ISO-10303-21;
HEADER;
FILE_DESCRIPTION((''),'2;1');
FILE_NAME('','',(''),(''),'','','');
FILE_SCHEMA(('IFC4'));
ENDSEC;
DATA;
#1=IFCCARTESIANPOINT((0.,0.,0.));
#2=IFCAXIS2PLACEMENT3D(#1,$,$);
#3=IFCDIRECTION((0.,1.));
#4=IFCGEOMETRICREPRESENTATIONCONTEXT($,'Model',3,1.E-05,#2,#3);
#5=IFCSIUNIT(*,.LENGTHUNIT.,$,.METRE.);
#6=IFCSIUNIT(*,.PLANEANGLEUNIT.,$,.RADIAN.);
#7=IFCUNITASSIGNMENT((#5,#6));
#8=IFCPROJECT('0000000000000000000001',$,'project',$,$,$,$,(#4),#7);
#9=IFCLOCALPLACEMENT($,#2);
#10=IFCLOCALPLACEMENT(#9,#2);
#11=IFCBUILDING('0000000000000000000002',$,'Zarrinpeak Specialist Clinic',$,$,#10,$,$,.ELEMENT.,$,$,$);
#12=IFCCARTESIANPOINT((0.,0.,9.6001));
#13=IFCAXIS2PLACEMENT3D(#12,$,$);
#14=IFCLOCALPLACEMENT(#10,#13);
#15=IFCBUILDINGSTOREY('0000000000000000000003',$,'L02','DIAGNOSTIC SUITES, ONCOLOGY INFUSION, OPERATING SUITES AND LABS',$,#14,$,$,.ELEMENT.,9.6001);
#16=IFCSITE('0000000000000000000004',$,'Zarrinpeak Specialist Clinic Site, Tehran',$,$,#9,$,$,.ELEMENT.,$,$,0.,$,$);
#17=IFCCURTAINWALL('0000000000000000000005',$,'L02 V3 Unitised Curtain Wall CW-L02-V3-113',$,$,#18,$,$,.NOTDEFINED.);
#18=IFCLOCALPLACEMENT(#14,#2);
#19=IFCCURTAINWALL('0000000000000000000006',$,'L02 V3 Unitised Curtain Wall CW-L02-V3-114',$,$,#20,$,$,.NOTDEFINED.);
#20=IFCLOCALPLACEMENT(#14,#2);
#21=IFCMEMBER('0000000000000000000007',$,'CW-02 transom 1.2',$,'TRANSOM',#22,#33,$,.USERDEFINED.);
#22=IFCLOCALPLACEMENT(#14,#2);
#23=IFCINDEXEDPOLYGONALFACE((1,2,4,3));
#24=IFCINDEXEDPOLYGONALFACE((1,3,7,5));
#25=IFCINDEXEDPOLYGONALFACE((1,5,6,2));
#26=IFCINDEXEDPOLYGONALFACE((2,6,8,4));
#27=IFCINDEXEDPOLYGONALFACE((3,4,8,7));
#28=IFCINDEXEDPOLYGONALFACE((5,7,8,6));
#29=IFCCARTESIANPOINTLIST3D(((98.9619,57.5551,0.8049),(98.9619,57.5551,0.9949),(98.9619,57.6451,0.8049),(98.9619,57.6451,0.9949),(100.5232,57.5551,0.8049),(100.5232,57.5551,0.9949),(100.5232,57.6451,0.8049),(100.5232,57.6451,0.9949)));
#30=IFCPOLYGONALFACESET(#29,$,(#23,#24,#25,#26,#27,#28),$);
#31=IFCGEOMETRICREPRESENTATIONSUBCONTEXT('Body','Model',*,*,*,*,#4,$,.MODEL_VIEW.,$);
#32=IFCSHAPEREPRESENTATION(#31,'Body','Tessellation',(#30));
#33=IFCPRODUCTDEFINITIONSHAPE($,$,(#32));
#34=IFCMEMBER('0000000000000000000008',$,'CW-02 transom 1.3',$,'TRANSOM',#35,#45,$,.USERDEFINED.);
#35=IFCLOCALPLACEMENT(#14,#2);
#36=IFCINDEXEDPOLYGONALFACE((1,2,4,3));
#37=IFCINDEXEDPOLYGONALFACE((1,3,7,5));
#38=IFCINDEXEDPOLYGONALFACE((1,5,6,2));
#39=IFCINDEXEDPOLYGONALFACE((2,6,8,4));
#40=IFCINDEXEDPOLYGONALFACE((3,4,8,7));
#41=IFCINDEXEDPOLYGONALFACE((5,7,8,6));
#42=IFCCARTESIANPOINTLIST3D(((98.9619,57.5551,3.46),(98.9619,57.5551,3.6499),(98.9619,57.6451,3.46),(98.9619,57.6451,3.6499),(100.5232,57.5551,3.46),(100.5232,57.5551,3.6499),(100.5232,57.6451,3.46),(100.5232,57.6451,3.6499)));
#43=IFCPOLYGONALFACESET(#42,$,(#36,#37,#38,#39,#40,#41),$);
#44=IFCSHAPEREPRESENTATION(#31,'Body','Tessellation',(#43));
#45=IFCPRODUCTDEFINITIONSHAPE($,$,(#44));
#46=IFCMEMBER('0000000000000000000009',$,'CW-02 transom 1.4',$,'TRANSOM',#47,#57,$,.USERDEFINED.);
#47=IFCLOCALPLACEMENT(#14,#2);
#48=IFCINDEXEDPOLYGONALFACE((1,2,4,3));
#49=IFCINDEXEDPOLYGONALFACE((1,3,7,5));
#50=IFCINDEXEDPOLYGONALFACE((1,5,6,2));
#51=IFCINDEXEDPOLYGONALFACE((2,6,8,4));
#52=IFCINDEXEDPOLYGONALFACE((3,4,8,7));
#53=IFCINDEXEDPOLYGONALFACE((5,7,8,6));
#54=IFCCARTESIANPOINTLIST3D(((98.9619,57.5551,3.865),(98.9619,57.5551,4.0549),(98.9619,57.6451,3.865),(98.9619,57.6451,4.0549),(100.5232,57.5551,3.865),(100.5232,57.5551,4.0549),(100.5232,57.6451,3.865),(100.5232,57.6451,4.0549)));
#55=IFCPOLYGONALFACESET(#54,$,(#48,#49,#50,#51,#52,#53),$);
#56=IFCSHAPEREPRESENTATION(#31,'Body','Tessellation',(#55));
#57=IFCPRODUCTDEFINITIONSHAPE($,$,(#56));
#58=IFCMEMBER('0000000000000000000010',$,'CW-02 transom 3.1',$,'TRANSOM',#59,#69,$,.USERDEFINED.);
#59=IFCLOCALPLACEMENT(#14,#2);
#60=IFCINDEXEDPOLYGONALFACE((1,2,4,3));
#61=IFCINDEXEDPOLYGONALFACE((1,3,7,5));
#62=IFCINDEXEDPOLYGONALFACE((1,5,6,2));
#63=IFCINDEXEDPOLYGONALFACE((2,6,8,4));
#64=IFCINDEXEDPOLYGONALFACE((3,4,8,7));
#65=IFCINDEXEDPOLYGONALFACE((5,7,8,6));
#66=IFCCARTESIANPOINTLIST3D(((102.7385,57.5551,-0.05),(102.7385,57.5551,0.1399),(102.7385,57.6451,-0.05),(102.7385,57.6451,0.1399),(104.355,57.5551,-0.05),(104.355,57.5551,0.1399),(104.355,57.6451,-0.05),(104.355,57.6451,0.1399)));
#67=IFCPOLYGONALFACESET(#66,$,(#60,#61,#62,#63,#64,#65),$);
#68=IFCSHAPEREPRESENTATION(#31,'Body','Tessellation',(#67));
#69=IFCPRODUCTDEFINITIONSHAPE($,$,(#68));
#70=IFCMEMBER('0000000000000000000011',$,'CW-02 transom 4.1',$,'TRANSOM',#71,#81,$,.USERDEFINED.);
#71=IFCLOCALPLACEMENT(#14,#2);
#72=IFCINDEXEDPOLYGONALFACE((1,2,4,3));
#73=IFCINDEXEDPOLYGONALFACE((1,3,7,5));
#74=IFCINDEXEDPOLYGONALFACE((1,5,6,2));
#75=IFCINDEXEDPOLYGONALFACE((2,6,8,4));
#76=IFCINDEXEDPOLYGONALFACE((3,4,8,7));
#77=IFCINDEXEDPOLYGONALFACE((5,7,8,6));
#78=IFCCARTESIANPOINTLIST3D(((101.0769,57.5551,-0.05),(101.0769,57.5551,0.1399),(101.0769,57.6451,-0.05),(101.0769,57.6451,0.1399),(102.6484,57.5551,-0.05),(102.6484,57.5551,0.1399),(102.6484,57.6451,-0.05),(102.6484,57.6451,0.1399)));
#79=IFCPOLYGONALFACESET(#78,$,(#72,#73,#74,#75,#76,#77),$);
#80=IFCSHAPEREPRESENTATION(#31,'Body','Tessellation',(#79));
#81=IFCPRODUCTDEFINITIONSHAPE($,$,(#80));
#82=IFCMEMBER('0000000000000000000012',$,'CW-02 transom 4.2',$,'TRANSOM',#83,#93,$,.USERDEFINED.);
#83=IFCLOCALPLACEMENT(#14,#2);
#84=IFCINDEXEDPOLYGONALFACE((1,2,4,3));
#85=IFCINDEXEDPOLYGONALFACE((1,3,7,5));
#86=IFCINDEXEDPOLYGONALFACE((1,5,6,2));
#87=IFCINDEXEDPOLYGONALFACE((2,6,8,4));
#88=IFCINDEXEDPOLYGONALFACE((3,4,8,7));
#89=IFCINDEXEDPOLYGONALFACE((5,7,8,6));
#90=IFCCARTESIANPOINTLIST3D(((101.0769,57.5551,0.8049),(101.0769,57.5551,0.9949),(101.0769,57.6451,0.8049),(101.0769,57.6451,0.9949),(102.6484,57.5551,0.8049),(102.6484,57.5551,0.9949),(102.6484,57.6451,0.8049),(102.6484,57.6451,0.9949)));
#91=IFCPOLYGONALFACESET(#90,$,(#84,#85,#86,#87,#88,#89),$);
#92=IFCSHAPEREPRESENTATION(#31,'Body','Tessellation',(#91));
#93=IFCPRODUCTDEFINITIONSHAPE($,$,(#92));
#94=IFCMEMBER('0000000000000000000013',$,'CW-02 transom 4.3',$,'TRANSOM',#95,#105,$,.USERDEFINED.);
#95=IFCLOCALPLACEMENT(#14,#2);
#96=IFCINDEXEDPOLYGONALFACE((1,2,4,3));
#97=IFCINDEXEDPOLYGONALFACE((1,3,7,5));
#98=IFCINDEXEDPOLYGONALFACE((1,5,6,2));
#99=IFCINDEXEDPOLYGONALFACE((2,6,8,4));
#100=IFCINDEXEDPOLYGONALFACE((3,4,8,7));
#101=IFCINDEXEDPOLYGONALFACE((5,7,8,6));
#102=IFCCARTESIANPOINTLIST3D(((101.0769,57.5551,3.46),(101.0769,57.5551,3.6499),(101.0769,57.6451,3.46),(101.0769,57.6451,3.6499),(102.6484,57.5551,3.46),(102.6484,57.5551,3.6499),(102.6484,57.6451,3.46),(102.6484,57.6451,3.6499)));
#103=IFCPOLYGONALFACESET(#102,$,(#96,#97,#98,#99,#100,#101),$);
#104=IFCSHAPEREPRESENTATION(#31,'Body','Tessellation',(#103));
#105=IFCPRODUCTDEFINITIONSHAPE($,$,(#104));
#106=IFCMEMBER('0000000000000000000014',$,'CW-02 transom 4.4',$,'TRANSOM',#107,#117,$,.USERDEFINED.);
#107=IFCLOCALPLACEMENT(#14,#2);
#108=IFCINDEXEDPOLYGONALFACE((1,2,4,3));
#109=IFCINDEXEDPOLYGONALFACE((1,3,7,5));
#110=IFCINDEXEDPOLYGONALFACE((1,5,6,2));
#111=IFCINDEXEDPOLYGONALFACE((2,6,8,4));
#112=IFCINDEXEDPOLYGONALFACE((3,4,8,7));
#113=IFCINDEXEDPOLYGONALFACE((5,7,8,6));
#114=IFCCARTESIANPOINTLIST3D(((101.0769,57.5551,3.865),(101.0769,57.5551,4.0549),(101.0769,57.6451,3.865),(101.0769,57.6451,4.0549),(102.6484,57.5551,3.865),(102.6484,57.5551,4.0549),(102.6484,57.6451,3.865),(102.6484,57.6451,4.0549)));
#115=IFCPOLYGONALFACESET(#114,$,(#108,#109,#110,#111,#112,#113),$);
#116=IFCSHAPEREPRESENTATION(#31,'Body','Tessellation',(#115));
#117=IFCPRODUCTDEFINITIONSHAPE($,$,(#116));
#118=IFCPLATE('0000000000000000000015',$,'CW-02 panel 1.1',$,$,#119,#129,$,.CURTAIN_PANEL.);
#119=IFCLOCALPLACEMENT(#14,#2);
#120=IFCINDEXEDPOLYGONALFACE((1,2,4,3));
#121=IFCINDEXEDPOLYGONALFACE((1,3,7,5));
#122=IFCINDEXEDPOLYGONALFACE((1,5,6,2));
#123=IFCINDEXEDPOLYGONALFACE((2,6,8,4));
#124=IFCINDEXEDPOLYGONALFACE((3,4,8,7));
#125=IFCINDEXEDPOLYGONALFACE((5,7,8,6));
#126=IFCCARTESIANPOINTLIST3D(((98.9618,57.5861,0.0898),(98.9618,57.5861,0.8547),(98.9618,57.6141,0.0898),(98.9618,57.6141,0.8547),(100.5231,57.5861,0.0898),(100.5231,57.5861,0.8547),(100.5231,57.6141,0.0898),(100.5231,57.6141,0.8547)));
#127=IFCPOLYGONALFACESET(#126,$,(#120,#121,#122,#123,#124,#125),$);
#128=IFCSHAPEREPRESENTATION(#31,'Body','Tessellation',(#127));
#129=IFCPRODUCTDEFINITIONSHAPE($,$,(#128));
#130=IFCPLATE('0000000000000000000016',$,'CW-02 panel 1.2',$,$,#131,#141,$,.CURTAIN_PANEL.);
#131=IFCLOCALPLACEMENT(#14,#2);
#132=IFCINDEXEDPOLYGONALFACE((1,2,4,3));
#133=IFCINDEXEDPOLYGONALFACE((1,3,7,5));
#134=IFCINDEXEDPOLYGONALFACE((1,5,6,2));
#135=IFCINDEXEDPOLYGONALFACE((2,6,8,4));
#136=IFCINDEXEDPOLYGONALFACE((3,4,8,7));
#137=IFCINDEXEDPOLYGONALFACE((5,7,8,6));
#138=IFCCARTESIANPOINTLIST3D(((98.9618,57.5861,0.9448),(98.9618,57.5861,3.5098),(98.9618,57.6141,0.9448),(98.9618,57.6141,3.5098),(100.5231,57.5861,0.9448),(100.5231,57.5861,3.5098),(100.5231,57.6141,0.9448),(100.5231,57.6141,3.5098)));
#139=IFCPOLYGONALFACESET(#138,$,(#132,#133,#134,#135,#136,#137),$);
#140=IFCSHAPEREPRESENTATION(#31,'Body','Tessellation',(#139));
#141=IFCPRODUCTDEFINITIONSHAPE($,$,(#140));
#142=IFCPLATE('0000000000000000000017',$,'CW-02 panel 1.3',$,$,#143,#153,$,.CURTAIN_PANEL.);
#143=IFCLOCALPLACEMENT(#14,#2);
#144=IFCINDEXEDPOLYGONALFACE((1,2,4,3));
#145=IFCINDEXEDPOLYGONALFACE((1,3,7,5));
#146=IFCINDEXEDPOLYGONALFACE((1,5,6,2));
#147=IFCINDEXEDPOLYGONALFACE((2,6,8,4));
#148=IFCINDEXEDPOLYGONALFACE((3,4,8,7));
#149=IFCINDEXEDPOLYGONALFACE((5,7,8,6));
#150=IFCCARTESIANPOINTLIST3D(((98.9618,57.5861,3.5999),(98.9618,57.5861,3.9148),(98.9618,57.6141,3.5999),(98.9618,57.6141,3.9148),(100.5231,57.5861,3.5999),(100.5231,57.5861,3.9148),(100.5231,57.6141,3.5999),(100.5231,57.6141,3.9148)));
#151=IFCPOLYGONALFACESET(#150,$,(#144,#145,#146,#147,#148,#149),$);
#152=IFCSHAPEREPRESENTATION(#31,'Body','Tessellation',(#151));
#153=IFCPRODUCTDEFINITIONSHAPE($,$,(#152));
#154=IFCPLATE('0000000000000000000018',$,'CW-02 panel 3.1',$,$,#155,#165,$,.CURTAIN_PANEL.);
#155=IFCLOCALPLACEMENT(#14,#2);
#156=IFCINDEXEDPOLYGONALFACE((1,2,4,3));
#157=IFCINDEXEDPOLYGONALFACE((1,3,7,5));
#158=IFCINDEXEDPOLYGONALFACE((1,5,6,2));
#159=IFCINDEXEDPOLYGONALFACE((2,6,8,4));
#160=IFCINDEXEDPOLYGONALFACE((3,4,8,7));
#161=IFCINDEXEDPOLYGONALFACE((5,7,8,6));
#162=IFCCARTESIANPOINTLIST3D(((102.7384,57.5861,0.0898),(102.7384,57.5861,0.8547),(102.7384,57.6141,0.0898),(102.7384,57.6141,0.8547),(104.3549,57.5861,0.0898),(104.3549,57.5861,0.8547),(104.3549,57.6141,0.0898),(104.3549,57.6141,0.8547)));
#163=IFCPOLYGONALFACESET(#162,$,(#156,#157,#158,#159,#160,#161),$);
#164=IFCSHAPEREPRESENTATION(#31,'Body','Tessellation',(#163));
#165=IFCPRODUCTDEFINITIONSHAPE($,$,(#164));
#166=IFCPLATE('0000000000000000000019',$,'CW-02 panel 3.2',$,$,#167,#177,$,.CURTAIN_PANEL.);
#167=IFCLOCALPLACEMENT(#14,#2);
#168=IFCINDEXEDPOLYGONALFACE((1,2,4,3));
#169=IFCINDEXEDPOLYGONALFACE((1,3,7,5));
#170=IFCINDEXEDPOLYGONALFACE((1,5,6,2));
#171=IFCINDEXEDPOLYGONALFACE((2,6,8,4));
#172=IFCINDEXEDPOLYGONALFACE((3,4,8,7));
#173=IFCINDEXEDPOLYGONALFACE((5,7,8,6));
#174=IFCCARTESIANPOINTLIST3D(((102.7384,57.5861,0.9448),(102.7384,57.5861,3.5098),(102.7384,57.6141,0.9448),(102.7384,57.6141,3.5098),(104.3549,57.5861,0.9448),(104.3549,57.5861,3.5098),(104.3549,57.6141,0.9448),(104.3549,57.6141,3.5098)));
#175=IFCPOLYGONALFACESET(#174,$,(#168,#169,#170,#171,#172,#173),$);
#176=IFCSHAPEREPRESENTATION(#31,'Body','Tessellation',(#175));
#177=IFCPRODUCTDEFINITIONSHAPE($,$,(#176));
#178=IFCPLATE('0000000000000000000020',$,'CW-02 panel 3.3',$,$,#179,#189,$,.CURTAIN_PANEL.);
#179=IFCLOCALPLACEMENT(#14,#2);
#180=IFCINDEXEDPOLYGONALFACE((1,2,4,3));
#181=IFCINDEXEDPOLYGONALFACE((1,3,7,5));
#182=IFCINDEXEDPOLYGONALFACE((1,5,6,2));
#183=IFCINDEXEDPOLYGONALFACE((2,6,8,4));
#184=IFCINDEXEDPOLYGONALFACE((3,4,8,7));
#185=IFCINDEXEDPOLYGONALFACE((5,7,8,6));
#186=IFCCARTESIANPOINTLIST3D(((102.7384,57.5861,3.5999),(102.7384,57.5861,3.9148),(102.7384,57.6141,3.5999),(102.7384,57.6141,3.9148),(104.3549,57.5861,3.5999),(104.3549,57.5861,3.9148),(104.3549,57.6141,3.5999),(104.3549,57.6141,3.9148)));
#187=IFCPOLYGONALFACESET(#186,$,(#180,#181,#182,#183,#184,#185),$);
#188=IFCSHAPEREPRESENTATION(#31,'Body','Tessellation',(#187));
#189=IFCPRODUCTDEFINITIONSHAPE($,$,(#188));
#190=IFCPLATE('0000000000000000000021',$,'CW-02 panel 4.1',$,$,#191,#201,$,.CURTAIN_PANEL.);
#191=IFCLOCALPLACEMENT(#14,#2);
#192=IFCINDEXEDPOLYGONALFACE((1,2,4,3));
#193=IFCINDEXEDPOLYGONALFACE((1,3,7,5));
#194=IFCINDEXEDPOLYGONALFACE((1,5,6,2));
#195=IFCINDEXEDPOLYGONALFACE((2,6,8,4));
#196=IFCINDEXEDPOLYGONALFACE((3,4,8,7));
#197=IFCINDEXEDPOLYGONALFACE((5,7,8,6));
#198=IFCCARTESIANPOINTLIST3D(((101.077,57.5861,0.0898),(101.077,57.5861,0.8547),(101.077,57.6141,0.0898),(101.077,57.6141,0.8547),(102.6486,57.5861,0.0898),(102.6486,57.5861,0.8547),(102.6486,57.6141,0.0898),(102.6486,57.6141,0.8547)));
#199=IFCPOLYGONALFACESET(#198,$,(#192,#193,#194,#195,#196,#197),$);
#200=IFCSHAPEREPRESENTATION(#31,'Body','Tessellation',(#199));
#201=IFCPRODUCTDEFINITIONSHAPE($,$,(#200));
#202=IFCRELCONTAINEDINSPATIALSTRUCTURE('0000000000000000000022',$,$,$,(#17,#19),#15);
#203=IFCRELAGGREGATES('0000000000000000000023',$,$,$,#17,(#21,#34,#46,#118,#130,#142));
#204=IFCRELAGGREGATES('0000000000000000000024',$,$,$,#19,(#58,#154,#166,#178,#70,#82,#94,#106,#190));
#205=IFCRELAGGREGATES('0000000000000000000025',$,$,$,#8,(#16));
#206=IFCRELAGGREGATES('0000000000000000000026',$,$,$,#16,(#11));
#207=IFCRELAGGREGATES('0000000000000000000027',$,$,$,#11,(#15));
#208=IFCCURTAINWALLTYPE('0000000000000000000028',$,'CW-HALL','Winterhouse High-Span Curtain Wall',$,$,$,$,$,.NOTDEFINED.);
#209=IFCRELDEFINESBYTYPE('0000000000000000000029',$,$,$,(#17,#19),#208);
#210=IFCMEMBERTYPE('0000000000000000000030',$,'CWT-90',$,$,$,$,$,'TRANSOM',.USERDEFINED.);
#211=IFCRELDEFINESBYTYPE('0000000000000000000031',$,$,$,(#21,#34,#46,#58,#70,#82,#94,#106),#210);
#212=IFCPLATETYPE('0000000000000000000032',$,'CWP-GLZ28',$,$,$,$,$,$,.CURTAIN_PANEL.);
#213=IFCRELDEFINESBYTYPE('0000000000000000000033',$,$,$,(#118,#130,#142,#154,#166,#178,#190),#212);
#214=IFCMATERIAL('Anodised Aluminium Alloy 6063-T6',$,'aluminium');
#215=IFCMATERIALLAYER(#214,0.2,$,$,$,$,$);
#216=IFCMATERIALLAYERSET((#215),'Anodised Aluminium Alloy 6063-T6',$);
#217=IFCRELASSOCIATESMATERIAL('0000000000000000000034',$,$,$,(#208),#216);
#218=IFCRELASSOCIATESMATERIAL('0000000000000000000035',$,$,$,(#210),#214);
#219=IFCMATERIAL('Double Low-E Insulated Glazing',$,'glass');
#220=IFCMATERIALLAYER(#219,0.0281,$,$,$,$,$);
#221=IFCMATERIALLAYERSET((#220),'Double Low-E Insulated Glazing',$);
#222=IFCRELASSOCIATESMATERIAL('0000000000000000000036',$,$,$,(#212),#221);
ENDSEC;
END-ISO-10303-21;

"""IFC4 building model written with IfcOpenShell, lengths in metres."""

from ifc_helpers import new_model, si_unit, direction, frame, origin, origin_2d, place, context, subcontext, project, spatial, rectangle, extrude, material, layer, layer_set, material_profile, profile_set, type_object, element, aggregate, save


model = new_model("IFC4")

# Units and contexts
model_context = context("Model", 3, precision=1e-05, world=origin(), true_north=direction((0.0, 1.0)))
body_context = subcontext(model_context, "Body", "Model", "MODEL_VIEW")
ifc_project = project(units=[si_unit("LENGTHUNIT", "METRE"), si_unit("PLANEANGLEUNIT", "RADIAN")], contexts=[model_context])

# Site, building, storey
site_placement = place(None, origin())
site = spatial("IfcSite", under=ifc_project, at=site_placement, Name="Zarrinpeak Specialist Clinic Site, Tehran", CompositionType="ELEMENT", RefElevation=0.0)
building_placement = place(site_placement, origin())
building = spatial("IfcBuilding", under=site, at=building_placement, Name="Zarrinpeak Specialist Clinic", CompositionType="ELEMENT")
storey_placement = place(building_placement, frame((0.0, 0.0, 9.6001)))
storey = spatial("IfcBuildingStorey", under=building, at=storey_placement, Name="L02", Description="DIAGNOSTIC SUITES, ONCOLOGY INFUSION, OPERATING SUITES AND LABS", CompositionType="ELEMENT", Elevation=9.6001)

# Curtain wall
ifc_material_1 = material(Name="Anodised Aluminium Alloy 6063-T6", Category="aluminium")
ifc_layer_1 = layer(ifc_material_1, 0.2)
ifc_layer_set_1 = layer_set([ifc_layer_1], Name="Anodised Aluminium Alloy 6063-T6")
curtain_wall_type = type_object("IfcCurtainWallType", Name="CW-HALL", Description="Winterhouse High-Span Curtain Wall", PredefinedType="NOTDEFINED", material=ifc_layer_set_1)
curtain_wall_1_placement = place(storey_placement, origin())
curtain_wall_1 = element("IfcCurtainWall", 1, at=curtain_wall_1_placement, inside=storey, type_object=curtain_wall_type, Name="L02 V3 Unitised Curtain Wall CW-L02-V3-113", PredefinedType="NOTDEFINED")

# Curtain wall
curtain_wall_2_placement = place(storey_placement, origin())
curtain_wall_2 = element("IfcCurtainWall", 2, at=curtain_wall_2_placement, inside=storey, type_object=curtain_wall_type, Name="L02 V3 Unitised Curtain Wall CW-L02-V3-114", PredefinedType="NOTDEFINED")

# Members
ifc_material_profile_1 = material_profile(ifc_material_1, rectangle(XDim=0.0901, YDim=0.1899, at=origin_2d()), Name="ALU 90x190")
ifc_profile_set_1 = profile_set([ifc_material_profile_1], Name="Anodised Aluminium Alloy 6063-T6")
member_type_1 = type_object("IfcMemberType", Name="CWT-90", ElementType="TRANSOM", PredefinedType="USERDEFINED", material=ifc_profile_set_1)
member_1_placement = place(storey_placement, frame((100.5232, 57.6001, 0.8999), z_axis=(-1.0, 0.0, 0.0), x_axis=(0.0, -1.0, 0.0)))
member_1 = element("IfcMember", 3, at=member_1_placement, type_object=member_type_1, Name="CW-02 transom 1.2", ObjectType="TRANSOM", PredefinedType="USERDEFINED", context=body_context, shape_type="SweptSolid", body=[
    extrude(rectangle(XDim=0.0901, YDim=0.1899, at=origin_2d()), origin(), (0.0, 0.0, 1.0), 1.5613),
])
member_2_placement = place(storey_placement, frame((100.5232, 57.6001, 3.5549), z_axis=(-1.0, 0.0, 0.0), x_axis=(0.0, -1.0, 0.0)))
member_2 = element("IfcMember", 4, at=member_2_placement, type_object=member_type_1, Name="CW-02 transom 1.3", ObjectType="TRANSOM", PredefinedType="USERDEFINED", context=body_context, shape_type="SweptSolid", body=[
    extrude(rectangle(XDim=0.0901, YDim=0.1899, at=origin_2d()), origin(), (0.0, 0.0, 1.0), 1.5613),
])
member_3_placement = place(storey_placement, frame((100.5232, 57.6001, 3.96), z_axis=(-1.0, 0.0, 0.0), x_axis=(0.0, -1.0, 0.0)))
member_3 = element("IfcMember", 5, at=member_3_placement, type_object=member_type_1, Name="CW-02 transom 1.4", ObjectType="TRANSOM", PredefinedType="USERDEFINED", context=body_context, shape_type="SweptSolid", body=[
    extrude(rectangle(XDim=0.0901, YDim=0.1899, at=origin_2d()), origin(), (0.0, 0.0, 1.0), 1.5613),
])
member_4_placement = place(storey_placement, frame((104.355, 57.6001, 0.0449), z_axis=(-1.0, 0.0, 0.0), x_axis=(0.0, -1.0, 0.0)))
member_4 = element("IfcMember", 6, at=member_4_placement, type_object=member_type_1, Name="CW-02 transom 3.1", ObjectType="TRANSOM", PredefinedType="USERDEFINED", context=body_context, shape_type="SweptSolid", body=[
    extrude(rectangle(XDim=0.0901, YDim=0.1899, at=origin_2d()), origin(), (0.0, 0.0, 1.0), 1.6165),
])
member_5_placement = place(storey_placement, frame((102.6484, 57.6001, 0.0449), z_axis=(-1.0, 0.0, 0.0), x_axis=(0.0, -1.0, 0.0)))
member_5 = element("IfcMember", 7, at=member_5_placement, type_object=member_type_1, Name="CW-02 transom 4.1", ObjectType="TRANSOM", PredefinedType="USERDEFINED", context=body_context, shape_type="SweptSolid", body=[
    extrude(rectangle(XDim=0.0901, YDim=0.1899, at=origin_2d()), origin(), (0.0, 0.0, 1.0), 1.5715),
])
member_6_placement = place(storey_placement, frame((102.6484, 57.6001, 0.8999), z_axis=(-1.0, 0.0, 0.0), x_axis=(0.0, -1.0, 0.0)))
member_6 = element("IfcMember", 8, at=member_6_placement, type_object=member_type_1, Name="CW-02 transom 4.2", ObjectType="TRANSOM", PredefinedType="USERDEFINED", context=body_context, shape_type="SweptSolid", body=[
    extrude(rectangle(XDim=0.0901, YDim=0.1899, at=origin_2d()), origin(), (0.0, 0.0, 1.0), 1.5715),
])
member_7_placement = place(storey_placement, frame((102.6484, 57.6001, 3.5549), z_axis=(-1.0, 0.0, 0.0), x_axis=(0.0, -1.0, 0.0)))
member_7 = element("IfcMember", 9, at=member_7_placement, type_object=member_type_1, Name="CW-02 transom 4.3", ObjectType="TRANSOM", PredefinedType="USERDEFINED", context=body_context, shape_type="SweptSolid", body=[
    extrude(rectangle(XDim=0.0901, YDim=0.1899, at=origin_2d()), origin(), (0.0, 0.0, 1.0), 1.5715),
])
member_8_placement = place(storey_placement, frame((102.6484, 57.6001, 3.96), z_axis=(-1.0, 0.0, 0.0), x_axis=(0.0, -1.0, 0.0)))
member_8 = element("IfcMember", 10, at=member_8_placement, type_object=member_type_1, Name="CW-02 transom 4.4", ObjectType="TRANSOM", PredefinedType="USERDEFINED", context=body_context, shape_type="SweptSolid", body=[
    extrude(rectangle(XDim=0.0901, YDim=0.1899, at=origin_2d()), origin(), (0.0, 0.0, 1.0), 1.5715),
])

# Plates
ifc_material_2 = material(Name="Double Low-E Insulated Glazing", Category="glass")
ifc_layer_2 = layer(ifc_material_2, 0.0281)
ifc_layer_set_2 = layer_set([ifc_layer_2], Name="Double Low-E Insulated Glazing")
plate_type_1 = type_object("IfcPlateType", Name="CWP-GLZ28", PredefinedType="CURTAIN_PANEL", material=ifc_layer_set_2)
plate_1_placement = place(storey_placement, frame((99.7424, 57.6001, 0.0898), z_axis=(0.0, 0.0, 1.0), x_axis=(-1.0, 0.0, 0.0)))
plate_1 = element("IfcPlate", 11, at=plate_1_placement, type_object=plate_type_1, Name="CW-02 panel 1.1", PredefinedType="CURTAIN_PANEL", context=body_context, shape_type="SweptSolid", body=[
    extrude(rectangle(XDim=1.5613, YDim=0.0281, at=origin_2d()), origin(), (0.0, 0.0, 1.0), 0.7649),
])
plate_2_placement = place(storey_placement, frame((99.7424, 57.6001, 0.9448), z_axis=(0.0, 0.0, 1.0), x_axis=(-1.0, 0.0, 0.0)))
plate_2 = element("IfcPlate", 12, at=plate_2_placement, type_object=plate_type_1, Name="CW-02 panel 1.2", PredefinedType="CURTAIN_PANEL", context=body_context, shape_type="SweptSolid", body=[
    extrude(rectangle(XDim=1.5613, YDim=0.0281, at=origin_2d()), origin(), (0.0, 0.0, 1.0), 2.5649),
])
plate_3_placement = place(storey_placement, frame((99.7424, 57.6001, 3.5999), z_axis=(0.0, 0.0, 1.0), x_axis=(-1.0, 0.0, 0.0)))
plate_3 = element("IfcPlate", 13, at=plate_3_placement, type_object=plate_type_1, Name="CW-02 panel 1.3", PredefinedType="CURTAIN_PANEL", context=body_context, shape_type="SweptSolid", body=[
    extrude(rectangle(XDim=1.5613, YDim=0.0281, at=origin_2d()), origin(), (0.0, 0.0, 1.0), 0.3149),
])
aggregate(curtain_wall_1, [member_1, member_2, member_3, plate_1, plate_2, plate_3])
plate_4_placement = place(storey_placement, frame((103.5466, 57.6001, 0.0898), z_axis=(0.0, 0.0, 1.0), x_axis=(-1.0, 0.0, 0.0)))
plate_4 = element("IfcPlate", 14, at=plate_4_placement, type_object=plate_type_1, Name="CW-02 panel 3.1", PredefinedType="CURTAIN_PANEL", context=body_context, shape_type="SweptSolid", body=[
    extrude(rectangle(XDim=1.6165, YDim=0.0281, at=origin_2d()), origin(), (0.0, 0.0, 1.0), 0.7649),
])
plate_5_placement = place(storey_placement, frame((103.5466, 57.6001, 0.9448), z_axis=(0.0, 0.0, 1.0), x_axis=(-1.0, 0.0, 0.0)))
plate_5 = element("IfcPlate", 15, at=plate_5_placement, type_object=plate_type_1, Name="CW-02 panel 3.2", PredefinedType="CURTAIN_PANEL", context=body_context, shape_type="SweptSolid", body=[
    extrude(rectangle(XDim=1.6165, YDim=0.0281, at=origin_2d()), origin(), (0.0, 0.0, 1.0), 2.5649),
])
plate_6_placement = place(storey_placement, frame((103.5466, 57.6001, 3.5999), z_axis=(0.0, 0.0, 1.0), x_axis=(-1.0, 0.0, 0.0)))
plate_6 = element("IfcPlate", 16, at=plate_6_placement, type_object=plate_type_1, Name="CW-02 panel 3.3", PredefinedType="CURTAIN_PANEL", context=body_context, shape_type="SweptSolid", body=[
    extrude(rectangle(XDim=1.6165, YDim=0.0281, at=origin_2d()), origin(), (0.0, 0.0, 1.0), 0.3149),
])
plate_7_placement = place(storey_placement, frame((101.8628, 57.6001, 0.0898), z_axis=(0.0, 0.0, 1.0), x_axis=(-1.0, 0.0, 0.0)))
plate_7 = element("IfcPlate", 17, at=plate_7_placement, type_object=plate_type_1, Name="CW-02 panel 4.1", PredefinedType="CURTAIN_PANEL", context=body_context, shape_type="SweptSolid", body=[
    extrude(rectangle(XDim=1.5715, YDim=0.0281, at=origin_2d()), origin(), (0.0, 0.0, 1.0), 0.7649),
])
aggregate(curtain_wall_2, [member_4, plate_4, plate_5, plate_6, member_5, member_6, member_7, member_8, plate_7])

save(model, "model.ifc")
